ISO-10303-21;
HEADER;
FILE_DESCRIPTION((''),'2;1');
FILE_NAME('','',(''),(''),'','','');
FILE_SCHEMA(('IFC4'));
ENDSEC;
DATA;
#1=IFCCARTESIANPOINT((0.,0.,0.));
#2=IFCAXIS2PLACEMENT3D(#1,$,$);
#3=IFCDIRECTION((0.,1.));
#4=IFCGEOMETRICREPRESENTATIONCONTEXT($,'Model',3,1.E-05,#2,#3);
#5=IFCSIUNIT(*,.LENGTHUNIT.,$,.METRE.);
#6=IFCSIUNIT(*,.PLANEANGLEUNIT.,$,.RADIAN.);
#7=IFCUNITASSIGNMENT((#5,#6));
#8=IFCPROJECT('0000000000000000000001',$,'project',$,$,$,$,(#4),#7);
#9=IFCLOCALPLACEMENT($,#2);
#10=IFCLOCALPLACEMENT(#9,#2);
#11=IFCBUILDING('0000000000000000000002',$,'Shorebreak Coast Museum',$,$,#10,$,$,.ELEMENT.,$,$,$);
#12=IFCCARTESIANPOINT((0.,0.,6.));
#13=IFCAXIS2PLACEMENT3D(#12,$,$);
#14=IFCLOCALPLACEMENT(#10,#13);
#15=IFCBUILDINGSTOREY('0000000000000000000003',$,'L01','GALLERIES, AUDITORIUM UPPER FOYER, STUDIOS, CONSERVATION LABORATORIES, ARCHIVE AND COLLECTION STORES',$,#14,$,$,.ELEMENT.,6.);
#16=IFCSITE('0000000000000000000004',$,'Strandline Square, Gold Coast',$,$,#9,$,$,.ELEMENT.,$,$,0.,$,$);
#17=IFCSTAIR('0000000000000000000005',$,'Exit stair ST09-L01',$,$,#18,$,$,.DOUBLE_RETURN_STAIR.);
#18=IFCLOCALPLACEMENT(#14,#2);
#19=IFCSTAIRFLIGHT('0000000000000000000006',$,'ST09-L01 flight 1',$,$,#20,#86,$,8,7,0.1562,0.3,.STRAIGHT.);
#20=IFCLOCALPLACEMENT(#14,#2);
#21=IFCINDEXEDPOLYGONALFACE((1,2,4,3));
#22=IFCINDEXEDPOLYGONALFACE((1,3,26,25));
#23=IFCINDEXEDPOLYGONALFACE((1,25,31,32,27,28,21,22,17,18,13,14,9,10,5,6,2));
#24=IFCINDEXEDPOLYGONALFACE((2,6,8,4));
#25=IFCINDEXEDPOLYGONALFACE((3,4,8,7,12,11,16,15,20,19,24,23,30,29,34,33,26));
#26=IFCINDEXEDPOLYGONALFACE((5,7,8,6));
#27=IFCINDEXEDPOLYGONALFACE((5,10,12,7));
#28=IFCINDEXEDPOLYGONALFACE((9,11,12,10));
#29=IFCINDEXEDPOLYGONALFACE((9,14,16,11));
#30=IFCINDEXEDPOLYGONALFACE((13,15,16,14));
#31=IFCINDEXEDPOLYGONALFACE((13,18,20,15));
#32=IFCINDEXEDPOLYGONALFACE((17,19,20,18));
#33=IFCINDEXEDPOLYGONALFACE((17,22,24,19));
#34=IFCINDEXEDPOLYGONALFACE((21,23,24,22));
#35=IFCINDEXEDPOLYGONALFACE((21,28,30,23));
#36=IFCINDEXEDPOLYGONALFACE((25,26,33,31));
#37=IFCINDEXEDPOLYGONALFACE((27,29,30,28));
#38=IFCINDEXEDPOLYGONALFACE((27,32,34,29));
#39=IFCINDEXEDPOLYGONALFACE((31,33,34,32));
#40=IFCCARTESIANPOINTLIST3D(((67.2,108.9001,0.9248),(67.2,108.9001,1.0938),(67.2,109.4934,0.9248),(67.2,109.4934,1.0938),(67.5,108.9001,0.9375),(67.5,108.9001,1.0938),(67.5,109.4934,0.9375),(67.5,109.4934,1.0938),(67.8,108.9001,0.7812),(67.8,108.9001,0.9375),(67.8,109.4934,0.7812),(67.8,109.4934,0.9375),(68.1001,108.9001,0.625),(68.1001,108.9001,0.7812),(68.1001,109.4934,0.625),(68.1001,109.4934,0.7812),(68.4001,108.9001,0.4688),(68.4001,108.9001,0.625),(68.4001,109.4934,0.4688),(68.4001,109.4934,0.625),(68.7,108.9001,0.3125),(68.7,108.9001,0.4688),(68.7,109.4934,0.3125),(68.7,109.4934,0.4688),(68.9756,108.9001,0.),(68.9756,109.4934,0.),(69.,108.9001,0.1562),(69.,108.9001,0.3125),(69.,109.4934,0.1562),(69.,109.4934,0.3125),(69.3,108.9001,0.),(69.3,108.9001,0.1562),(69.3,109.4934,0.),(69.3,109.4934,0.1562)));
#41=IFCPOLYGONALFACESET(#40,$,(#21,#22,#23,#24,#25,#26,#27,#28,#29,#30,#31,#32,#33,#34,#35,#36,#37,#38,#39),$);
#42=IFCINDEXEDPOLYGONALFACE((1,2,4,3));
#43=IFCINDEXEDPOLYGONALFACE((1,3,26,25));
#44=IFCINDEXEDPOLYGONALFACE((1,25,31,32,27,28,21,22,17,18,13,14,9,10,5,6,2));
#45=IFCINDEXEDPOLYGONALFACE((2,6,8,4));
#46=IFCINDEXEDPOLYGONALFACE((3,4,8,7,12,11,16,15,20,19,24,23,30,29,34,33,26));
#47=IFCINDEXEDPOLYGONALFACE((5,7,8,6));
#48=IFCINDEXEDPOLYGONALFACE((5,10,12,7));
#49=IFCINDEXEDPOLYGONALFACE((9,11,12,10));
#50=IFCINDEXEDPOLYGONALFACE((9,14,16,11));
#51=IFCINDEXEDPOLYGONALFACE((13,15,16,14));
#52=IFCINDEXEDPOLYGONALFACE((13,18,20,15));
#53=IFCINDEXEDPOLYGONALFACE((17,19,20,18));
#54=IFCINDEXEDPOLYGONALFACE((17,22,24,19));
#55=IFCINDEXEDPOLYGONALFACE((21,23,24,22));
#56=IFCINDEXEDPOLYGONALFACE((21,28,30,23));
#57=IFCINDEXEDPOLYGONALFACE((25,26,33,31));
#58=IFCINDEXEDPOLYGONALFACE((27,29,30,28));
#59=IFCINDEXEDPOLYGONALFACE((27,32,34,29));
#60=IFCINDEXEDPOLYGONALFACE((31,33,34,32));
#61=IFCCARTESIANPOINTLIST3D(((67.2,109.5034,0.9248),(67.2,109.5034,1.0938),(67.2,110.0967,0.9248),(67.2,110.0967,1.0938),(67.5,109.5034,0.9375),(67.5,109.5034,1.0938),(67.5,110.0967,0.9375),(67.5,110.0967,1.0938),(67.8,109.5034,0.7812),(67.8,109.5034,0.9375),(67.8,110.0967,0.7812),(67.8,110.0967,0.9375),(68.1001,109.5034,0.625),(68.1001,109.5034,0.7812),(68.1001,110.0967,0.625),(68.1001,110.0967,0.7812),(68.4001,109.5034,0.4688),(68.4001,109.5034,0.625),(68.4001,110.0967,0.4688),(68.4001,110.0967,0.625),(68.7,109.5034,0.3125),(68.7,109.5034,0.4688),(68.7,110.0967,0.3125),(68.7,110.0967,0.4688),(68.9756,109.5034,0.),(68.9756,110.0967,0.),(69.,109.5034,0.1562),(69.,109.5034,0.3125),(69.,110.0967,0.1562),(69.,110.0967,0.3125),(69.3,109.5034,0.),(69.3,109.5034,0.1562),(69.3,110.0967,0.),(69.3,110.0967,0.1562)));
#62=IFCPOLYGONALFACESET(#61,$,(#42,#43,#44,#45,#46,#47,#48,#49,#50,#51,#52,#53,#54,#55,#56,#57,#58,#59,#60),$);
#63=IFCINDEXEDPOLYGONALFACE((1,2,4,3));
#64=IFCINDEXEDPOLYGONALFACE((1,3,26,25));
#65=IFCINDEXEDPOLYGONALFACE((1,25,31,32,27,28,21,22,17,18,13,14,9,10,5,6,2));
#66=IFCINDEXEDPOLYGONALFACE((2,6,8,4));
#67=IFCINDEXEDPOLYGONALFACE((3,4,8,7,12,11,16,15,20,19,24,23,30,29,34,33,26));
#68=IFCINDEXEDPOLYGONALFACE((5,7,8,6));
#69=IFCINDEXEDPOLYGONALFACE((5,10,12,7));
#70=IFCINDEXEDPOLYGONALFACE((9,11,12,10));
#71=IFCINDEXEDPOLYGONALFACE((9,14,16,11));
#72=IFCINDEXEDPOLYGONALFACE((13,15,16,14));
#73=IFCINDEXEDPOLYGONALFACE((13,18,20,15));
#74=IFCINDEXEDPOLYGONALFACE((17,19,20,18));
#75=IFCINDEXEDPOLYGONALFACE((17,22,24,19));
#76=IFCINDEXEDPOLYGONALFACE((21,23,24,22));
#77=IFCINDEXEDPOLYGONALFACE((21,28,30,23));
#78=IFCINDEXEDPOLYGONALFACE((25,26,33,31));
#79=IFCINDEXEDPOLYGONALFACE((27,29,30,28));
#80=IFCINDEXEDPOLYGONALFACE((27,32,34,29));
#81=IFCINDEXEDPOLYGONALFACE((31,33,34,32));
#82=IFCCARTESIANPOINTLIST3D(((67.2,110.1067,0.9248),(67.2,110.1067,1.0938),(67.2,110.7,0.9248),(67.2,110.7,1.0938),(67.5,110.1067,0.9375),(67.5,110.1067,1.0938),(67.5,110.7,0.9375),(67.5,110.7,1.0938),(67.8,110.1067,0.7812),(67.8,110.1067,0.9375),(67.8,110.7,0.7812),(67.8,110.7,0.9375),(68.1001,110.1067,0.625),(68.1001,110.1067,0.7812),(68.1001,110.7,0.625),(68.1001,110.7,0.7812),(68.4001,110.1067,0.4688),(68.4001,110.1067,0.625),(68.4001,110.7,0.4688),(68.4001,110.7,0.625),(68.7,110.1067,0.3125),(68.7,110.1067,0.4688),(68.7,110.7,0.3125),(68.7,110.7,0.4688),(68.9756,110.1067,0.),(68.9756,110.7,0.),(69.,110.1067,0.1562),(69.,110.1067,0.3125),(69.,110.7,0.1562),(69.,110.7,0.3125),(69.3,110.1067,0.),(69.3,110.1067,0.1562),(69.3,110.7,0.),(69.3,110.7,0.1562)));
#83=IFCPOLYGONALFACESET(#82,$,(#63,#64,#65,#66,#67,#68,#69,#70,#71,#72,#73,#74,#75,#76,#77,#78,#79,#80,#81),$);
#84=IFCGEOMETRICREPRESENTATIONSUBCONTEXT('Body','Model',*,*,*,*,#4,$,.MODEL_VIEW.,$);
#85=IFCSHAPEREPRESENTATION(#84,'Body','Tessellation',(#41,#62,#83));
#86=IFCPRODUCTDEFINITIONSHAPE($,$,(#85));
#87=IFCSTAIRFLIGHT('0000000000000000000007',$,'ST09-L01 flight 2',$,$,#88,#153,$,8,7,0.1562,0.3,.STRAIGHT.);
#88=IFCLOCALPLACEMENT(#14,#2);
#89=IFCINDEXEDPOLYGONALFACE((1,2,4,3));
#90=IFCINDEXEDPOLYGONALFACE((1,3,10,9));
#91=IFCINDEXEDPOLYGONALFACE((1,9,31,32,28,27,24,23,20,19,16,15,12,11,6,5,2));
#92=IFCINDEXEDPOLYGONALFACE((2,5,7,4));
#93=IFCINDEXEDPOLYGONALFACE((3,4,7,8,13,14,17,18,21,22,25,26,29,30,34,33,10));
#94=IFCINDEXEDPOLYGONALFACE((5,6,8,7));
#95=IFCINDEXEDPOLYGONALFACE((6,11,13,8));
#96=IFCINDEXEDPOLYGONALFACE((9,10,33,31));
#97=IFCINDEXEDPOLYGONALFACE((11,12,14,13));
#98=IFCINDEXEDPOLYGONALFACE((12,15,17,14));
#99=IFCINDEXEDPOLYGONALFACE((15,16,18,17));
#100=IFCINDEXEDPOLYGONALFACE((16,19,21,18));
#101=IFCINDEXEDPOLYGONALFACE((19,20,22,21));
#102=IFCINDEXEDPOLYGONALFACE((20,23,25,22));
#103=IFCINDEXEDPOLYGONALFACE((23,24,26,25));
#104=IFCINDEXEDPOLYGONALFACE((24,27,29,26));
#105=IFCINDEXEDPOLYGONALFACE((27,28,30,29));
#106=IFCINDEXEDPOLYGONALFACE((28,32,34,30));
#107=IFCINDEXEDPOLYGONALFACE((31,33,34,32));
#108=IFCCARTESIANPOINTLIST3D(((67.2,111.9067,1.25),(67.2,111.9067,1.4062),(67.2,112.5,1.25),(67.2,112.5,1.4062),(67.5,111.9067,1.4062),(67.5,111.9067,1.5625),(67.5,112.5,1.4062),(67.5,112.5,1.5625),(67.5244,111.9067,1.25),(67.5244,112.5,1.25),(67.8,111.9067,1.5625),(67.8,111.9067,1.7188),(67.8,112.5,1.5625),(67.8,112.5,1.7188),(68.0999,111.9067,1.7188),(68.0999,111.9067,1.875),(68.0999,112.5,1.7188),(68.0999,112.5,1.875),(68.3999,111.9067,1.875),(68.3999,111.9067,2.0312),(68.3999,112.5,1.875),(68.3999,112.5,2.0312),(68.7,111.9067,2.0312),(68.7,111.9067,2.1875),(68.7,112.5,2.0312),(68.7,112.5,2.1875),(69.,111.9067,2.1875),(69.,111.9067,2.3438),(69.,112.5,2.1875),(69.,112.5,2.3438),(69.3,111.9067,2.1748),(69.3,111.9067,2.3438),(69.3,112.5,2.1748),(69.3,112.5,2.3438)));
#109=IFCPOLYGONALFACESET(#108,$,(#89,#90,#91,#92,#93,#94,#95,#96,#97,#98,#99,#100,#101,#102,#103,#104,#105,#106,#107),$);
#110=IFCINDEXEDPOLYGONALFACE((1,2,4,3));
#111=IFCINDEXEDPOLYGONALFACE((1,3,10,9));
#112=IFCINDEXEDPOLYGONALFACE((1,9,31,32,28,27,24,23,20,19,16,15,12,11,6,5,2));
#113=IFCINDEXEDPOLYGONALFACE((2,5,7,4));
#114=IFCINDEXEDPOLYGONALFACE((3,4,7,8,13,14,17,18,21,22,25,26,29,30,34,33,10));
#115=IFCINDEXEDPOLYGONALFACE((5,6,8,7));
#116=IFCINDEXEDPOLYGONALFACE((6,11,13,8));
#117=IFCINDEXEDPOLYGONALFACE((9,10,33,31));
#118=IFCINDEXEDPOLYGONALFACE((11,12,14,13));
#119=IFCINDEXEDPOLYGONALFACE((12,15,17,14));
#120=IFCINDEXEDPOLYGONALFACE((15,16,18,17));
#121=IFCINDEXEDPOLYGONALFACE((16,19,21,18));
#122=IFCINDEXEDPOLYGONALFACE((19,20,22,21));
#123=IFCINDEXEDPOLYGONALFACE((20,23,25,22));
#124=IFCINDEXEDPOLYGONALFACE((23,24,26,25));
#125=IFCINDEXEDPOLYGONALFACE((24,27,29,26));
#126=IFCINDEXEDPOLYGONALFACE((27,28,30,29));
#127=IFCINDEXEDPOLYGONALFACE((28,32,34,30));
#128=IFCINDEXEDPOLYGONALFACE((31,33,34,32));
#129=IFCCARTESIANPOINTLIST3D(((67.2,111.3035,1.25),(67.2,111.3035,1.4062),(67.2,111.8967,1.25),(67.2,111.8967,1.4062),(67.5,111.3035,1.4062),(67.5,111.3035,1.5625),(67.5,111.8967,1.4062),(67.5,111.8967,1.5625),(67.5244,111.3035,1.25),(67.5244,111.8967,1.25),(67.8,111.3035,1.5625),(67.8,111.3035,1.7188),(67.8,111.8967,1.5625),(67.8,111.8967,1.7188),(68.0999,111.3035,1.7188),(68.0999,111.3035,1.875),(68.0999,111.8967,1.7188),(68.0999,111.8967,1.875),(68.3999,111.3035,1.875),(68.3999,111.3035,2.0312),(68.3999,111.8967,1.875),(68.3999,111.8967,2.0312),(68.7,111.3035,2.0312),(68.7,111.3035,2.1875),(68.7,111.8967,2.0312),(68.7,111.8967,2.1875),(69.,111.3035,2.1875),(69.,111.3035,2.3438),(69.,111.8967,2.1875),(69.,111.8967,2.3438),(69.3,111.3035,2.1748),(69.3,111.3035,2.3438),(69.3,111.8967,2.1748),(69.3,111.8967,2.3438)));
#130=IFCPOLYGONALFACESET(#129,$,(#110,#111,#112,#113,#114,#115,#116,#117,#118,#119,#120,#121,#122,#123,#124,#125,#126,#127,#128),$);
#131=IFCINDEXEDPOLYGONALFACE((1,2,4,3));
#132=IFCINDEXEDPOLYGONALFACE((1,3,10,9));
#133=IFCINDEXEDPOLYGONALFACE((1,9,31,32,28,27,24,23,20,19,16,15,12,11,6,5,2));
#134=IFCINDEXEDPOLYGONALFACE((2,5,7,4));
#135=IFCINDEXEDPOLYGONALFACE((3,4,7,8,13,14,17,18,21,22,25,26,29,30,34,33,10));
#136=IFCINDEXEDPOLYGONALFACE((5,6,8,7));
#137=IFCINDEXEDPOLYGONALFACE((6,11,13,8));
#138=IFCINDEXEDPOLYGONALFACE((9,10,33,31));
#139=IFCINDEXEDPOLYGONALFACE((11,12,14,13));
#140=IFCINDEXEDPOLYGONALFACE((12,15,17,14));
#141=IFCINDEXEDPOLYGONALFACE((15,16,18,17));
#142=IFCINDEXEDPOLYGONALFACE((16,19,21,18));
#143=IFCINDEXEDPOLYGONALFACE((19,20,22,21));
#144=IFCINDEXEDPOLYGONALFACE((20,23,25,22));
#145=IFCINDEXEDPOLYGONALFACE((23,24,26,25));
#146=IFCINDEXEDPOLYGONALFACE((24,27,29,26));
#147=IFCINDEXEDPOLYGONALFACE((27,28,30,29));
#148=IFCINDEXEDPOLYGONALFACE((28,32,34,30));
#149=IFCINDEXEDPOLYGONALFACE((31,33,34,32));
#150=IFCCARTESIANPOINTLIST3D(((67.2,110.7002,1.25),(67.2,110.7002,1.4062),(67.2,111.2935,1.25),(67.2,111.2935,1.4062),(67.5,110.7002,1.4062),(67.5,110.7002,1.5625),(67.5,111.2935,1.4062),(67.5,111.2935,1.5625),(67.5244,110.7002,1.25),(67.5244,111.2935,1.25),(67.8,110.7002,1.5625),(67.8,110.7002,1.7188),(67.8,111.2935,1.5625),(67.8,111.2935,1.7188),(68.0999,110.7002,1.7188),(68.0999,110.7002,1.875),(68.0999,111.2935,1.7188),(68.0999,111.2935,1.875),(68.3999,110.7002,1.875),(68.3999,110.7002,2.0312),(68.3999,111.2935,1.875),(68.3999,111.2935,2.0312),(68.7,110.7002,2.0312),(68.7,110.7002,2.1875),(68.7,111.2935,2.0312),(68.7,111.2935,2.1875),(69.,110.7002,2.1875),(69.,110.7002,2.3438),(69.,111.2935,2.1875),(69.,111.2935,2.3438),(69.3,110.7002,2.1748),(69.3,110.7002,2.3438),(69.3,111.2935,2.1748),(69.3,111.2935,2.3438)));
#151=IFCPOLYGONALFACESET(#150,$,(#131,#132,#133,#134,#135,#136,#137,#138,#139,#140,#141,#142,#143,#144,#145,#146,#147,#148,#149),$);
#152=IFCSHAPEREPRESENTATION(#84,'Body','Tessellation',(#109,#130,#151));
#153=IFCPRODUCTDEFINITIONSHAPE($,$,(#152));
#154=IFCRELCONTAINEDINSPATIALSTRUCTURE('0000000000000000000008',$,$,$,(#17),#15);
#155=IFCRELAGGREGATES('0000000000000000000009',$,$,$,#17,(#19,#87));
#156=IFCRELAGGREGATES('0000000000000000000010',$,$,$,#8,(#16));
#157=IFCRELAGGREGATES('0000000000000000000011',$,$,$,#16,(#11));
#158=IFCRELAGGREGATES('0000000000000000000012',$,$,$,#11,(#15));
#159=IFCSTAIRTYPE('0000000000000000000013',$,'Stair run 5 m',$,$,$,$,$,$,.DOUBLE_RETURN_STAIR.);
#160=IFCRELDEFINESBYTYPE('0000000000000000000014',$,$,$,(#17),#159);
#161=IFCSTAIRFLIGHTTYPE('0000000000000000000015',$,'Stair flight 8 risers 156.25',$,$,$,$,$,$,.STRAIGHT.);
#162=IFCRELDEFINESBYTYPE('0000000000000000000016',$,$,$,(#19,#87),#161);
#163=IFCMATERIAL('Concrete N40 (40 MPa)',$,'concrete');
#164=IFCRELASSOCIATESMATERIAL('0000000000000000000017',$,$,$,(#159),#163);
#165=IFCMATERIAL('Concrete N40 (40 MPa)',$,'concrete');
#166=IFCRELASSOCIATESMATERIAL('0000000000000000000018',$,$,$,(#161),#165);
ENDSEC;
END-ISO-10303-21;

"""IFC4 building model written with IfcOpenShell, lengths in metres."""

from ifc_helpers import new_model, si_unit, direction, frame, origin, place, context, subcontext, project, spatial, polyline, outline, extrude, material, type_object, element, aggregate, save


model = new_model("IFC4")

# Units and contexts
model_context = context("Model", 3, precision=1e-05, world=origin(), true_north=direction((0.0, 1.0)))
body_context = subcontext(model_context, "Body", "Model", "MODEL_VIEW")
ifc_project = project(units=[si_unit("LENGTHUNIT", "METRE"), si_unit("PLANEANGLEUNIT", "RADIAN")], contexts=[model_context])

# Site, building, storey
site_placement = place(None, origin())
site = spatial("IfcSite", under=ifc_project, at=site_placement, Name="Strandline Square, Gold Coast", CompositionType="ELEMENT", RefElevation=0.0)
building_placement = place(site_placement, origin())
building = spatial("IfcBuilding", under=site, at=building_placement, Name="Shorebreak Coast Museum", CompositionType="ELEMENT")
storey_placement = place(building_placement, frame((0.0, 0.0, 6.0)))
storey = spatial("IfcBuildingStorey", under=building, at=storey_placement, Name="L01", Description="GALLERIES, AUDITORIUM UPPER FOYER, STUDIOS, CONSERVATION LABORATORIES, ARCHIVE AND COLLECTION STORES", CompositionType="ELEMENT", Elevation=6.0)

# Stair, stair flights
ifc_material_1 = material(Name="Concrete N40 (40 MPa)", Category="concrete")
stair_type = type_object("IfcStairType", Name="Stair run 5 m", PredefinedType="DOUBLE_RETURN_STAIR", material=ifc_material_1)
stair_placement = place(storey_placement, origin())
stair = element("IfcStair", 1, at=stair_placement, inside=storey, type_object=stair_type, Name="Exit stair ST09-L01", PredefinedType="DOUBLE_RETURN_STAIR")
ifc_material_2 = material(Name="Concrete N40 (40 MPa)", Category="concrete")
stair_flight_type = type_object("IfcStairFlightType", Name="Stair flight 8 risers 156.25", PredefinedType="STRAIGHT", material=ifc_material_2)
stair_flight_1_placement = place(storey_placement, frame((69.3, 109.8, 0.0), z_axis=(0.0, 0.0, 1.0), x_axis=(-1.0, 0.0, 0.0)))
stair_flight_1 = element("IfcStairFlight", 2, at=stair_flight_1_placement, type_object=stair_flight_type, Name="ST09-L01 flight 1", NumberOfRisers=8, NumberOfTreads=7, PredefinedType="STRAIGHT", RiserHeight=0.1562, TreadLength=0.3, context=body_context, shape_type="SweptSolid", body=[
    extrude(outline(polyline([(0.0, 0.0), (0.0, 0.1562), (0.3, 0.1562), (0.3, 0.3125), (0.6001, 0.3125), (0.6001, 0.4688), (0.8999, 0.4688), (0.8999, 0.625), (1.2, 0.625), (1.2, 0.7812), (1.5, 0.7812), (1.5, 0.9375), (1.8, 0.9375), (1.8, 1.0938), (2.1001, 1.0938), (2.1001, 1.25), (2.1001, 0.9248), (0.3245, 0.0), (0.0, 0.0)])), frame((0.0, 0.8999, 0.0), z_axis=(0.0, -1.0, 0.0), x_axis=(1.0, 0.0, 0.0)), (0.0, 0.0, 1.0), 0.5933),
    extrude(outline(polyline([(0.0, 0.0), (0.0, 0.1562), (0.3, 0.1562), (0.3, 0.3125), (0.6001, 0.3125), (0.6001, 0.4688), (0.8999, 0.4688), (0.8999, 0.625), (1.2, 0.625), (1.2, 0.7812), (1.5, 0.7812), (1.5, 0.9375), (1.8, 0.9375), (1.8, 1.0938), (2.1001, 1.0938), (2.1001, 1.25), (2.1001, 0.9248), (0.3245, 0.0), (0.0, 0.0)])), frame((0.0, 0.2966, 0.0), z_axis=(0.0, -1.0, 0.0), x_axis=(1.0, 0.0, 0.0)), (0.0, 0.0, 1.0), 0.5933),
    extrude(outline(polyline([(0.0, 0.0), (0.0, 0.1562), (0.3, 0.1562), (0.3, 0.3125), (0.6001, 0.3125), (0.6001, 0.4688), (0.8999, 0.4688), (0.8999, 0.625), (1.2, 0.625), (1.2, 0.7812), (1.5, 0.7812), (1.5, 0.9375), (1.8, 0.9375), (1.8, 1.0938), (2.1001, 1.0938), (2.1001, 1.25), (2.1001, 0.9248), (0.3245, 0.0), (0.0, 0.0)])), frame((0.0, -0.3066, 0.0), z_axis=(0.0, -1.0, 0.0), x_axis=(1.0, 0.0, 0.0)), (0.0, 0.0, 1.0), 0.5933),
])
stair_flight_2_placement = place(storey_placement, frame((67.2, 111.6001, 1.25), z_axis=(0.0, 0.0, 1.0), x_axis=(1.0, 0.0, 0.0)))
stair_flight_2 = element("IfcStairFlight", 3, at=stair_flight_2_placement, type_object=stair_flight_type, Name="ST09-L01 flight 2", NumberOfRisers=8, NumberOfTreads=7, PredefinedType="STRAIGHT", RiserHeight=0.1562, TreadLength=0.3, context=body_context, shape_type="SweptSolid", body=[
    extrude(outline(polyline([(0.0, 0.0), (0.0, 0.1562), (0.3, 0.1562), (0.3, 0.3125), (0.6001, 0.3125), (0.6001, 0.4688), (0.8999, 0.4688), (0.8999, 0.625), (1.2, 0.625), (1.2, 0.7812), (1.5, 0.7812), (1.5, 0.9375), (1.8, 0.9375), (1.8, 1.0938), (2.1001, 1.0938), (2.1001, 1.25), (2.1001, 0.9248), (0.3245, 0.0), (0.0, 0.0)])), frame((0.0, 0.8999, 0.0), z_axis=(0.0, -1.0, 0.0), x_axis=(1.0, 0.0, 0.0)), (0.0, 0.0, 1.0), 0.5933),
    extrude(outline(polyline([(0.0, 0.0), (0.0, 0.1562), (0.3, 0.1562), (0.3, 0.3125), (0.6001, 0.3125), (0.6001, 0.4688), (0.8999, 0.4688), (0.8999, 0.625), (1.2, 0.625), (1.2, 0.7812), (1.5, 0.7812), (1.5, 0.9375), (1.8, 0.9375), (1.8, 1.0938), (2.1001, 1.0938), (2.1001, 1.25), (2.1001, 0.9248), (0.3245, 0.0), (0.0, 0.0)])), frame((0.0, 0.2966, 0.0), z_axis=(0.0, -1.0, 0.0), x_axis=(1.0, 0.0, 0.0)), (0.0, 0.0, 1.0), 0.5933),
    extrude(outline(polyline([(0.0, 0.0), (0.0, 0.1562), (0.3, 0.1562), (0.3, 0.3125), (0.6001, 0.3125), (0.6001, 0.4688), (0.8999, 0.4688), (0.8999, 0.625), (1.2, 0.625), (1.2, 0.7812), (1.5, 0.7812), (1.5, 0.9375), (1.8, 0.9375), (1.8, 1.0938), (2.1001, 1.0938), (2.1001, 1.25), (2.1001, 0.9248), (0.3245, 0.0), (0.0, 0.0)])), frame((0.0, -0.3066, 0.0), z_axis=(0.0, -1.0, 0.0), x_axis=(1.0, 0.0, 0.0)), (0.0, 0.0, 1.0), 0.5933),
])
aggregate(stair, [stair_flight_1, stair_flight_2])

save(model, "model.ifc")
